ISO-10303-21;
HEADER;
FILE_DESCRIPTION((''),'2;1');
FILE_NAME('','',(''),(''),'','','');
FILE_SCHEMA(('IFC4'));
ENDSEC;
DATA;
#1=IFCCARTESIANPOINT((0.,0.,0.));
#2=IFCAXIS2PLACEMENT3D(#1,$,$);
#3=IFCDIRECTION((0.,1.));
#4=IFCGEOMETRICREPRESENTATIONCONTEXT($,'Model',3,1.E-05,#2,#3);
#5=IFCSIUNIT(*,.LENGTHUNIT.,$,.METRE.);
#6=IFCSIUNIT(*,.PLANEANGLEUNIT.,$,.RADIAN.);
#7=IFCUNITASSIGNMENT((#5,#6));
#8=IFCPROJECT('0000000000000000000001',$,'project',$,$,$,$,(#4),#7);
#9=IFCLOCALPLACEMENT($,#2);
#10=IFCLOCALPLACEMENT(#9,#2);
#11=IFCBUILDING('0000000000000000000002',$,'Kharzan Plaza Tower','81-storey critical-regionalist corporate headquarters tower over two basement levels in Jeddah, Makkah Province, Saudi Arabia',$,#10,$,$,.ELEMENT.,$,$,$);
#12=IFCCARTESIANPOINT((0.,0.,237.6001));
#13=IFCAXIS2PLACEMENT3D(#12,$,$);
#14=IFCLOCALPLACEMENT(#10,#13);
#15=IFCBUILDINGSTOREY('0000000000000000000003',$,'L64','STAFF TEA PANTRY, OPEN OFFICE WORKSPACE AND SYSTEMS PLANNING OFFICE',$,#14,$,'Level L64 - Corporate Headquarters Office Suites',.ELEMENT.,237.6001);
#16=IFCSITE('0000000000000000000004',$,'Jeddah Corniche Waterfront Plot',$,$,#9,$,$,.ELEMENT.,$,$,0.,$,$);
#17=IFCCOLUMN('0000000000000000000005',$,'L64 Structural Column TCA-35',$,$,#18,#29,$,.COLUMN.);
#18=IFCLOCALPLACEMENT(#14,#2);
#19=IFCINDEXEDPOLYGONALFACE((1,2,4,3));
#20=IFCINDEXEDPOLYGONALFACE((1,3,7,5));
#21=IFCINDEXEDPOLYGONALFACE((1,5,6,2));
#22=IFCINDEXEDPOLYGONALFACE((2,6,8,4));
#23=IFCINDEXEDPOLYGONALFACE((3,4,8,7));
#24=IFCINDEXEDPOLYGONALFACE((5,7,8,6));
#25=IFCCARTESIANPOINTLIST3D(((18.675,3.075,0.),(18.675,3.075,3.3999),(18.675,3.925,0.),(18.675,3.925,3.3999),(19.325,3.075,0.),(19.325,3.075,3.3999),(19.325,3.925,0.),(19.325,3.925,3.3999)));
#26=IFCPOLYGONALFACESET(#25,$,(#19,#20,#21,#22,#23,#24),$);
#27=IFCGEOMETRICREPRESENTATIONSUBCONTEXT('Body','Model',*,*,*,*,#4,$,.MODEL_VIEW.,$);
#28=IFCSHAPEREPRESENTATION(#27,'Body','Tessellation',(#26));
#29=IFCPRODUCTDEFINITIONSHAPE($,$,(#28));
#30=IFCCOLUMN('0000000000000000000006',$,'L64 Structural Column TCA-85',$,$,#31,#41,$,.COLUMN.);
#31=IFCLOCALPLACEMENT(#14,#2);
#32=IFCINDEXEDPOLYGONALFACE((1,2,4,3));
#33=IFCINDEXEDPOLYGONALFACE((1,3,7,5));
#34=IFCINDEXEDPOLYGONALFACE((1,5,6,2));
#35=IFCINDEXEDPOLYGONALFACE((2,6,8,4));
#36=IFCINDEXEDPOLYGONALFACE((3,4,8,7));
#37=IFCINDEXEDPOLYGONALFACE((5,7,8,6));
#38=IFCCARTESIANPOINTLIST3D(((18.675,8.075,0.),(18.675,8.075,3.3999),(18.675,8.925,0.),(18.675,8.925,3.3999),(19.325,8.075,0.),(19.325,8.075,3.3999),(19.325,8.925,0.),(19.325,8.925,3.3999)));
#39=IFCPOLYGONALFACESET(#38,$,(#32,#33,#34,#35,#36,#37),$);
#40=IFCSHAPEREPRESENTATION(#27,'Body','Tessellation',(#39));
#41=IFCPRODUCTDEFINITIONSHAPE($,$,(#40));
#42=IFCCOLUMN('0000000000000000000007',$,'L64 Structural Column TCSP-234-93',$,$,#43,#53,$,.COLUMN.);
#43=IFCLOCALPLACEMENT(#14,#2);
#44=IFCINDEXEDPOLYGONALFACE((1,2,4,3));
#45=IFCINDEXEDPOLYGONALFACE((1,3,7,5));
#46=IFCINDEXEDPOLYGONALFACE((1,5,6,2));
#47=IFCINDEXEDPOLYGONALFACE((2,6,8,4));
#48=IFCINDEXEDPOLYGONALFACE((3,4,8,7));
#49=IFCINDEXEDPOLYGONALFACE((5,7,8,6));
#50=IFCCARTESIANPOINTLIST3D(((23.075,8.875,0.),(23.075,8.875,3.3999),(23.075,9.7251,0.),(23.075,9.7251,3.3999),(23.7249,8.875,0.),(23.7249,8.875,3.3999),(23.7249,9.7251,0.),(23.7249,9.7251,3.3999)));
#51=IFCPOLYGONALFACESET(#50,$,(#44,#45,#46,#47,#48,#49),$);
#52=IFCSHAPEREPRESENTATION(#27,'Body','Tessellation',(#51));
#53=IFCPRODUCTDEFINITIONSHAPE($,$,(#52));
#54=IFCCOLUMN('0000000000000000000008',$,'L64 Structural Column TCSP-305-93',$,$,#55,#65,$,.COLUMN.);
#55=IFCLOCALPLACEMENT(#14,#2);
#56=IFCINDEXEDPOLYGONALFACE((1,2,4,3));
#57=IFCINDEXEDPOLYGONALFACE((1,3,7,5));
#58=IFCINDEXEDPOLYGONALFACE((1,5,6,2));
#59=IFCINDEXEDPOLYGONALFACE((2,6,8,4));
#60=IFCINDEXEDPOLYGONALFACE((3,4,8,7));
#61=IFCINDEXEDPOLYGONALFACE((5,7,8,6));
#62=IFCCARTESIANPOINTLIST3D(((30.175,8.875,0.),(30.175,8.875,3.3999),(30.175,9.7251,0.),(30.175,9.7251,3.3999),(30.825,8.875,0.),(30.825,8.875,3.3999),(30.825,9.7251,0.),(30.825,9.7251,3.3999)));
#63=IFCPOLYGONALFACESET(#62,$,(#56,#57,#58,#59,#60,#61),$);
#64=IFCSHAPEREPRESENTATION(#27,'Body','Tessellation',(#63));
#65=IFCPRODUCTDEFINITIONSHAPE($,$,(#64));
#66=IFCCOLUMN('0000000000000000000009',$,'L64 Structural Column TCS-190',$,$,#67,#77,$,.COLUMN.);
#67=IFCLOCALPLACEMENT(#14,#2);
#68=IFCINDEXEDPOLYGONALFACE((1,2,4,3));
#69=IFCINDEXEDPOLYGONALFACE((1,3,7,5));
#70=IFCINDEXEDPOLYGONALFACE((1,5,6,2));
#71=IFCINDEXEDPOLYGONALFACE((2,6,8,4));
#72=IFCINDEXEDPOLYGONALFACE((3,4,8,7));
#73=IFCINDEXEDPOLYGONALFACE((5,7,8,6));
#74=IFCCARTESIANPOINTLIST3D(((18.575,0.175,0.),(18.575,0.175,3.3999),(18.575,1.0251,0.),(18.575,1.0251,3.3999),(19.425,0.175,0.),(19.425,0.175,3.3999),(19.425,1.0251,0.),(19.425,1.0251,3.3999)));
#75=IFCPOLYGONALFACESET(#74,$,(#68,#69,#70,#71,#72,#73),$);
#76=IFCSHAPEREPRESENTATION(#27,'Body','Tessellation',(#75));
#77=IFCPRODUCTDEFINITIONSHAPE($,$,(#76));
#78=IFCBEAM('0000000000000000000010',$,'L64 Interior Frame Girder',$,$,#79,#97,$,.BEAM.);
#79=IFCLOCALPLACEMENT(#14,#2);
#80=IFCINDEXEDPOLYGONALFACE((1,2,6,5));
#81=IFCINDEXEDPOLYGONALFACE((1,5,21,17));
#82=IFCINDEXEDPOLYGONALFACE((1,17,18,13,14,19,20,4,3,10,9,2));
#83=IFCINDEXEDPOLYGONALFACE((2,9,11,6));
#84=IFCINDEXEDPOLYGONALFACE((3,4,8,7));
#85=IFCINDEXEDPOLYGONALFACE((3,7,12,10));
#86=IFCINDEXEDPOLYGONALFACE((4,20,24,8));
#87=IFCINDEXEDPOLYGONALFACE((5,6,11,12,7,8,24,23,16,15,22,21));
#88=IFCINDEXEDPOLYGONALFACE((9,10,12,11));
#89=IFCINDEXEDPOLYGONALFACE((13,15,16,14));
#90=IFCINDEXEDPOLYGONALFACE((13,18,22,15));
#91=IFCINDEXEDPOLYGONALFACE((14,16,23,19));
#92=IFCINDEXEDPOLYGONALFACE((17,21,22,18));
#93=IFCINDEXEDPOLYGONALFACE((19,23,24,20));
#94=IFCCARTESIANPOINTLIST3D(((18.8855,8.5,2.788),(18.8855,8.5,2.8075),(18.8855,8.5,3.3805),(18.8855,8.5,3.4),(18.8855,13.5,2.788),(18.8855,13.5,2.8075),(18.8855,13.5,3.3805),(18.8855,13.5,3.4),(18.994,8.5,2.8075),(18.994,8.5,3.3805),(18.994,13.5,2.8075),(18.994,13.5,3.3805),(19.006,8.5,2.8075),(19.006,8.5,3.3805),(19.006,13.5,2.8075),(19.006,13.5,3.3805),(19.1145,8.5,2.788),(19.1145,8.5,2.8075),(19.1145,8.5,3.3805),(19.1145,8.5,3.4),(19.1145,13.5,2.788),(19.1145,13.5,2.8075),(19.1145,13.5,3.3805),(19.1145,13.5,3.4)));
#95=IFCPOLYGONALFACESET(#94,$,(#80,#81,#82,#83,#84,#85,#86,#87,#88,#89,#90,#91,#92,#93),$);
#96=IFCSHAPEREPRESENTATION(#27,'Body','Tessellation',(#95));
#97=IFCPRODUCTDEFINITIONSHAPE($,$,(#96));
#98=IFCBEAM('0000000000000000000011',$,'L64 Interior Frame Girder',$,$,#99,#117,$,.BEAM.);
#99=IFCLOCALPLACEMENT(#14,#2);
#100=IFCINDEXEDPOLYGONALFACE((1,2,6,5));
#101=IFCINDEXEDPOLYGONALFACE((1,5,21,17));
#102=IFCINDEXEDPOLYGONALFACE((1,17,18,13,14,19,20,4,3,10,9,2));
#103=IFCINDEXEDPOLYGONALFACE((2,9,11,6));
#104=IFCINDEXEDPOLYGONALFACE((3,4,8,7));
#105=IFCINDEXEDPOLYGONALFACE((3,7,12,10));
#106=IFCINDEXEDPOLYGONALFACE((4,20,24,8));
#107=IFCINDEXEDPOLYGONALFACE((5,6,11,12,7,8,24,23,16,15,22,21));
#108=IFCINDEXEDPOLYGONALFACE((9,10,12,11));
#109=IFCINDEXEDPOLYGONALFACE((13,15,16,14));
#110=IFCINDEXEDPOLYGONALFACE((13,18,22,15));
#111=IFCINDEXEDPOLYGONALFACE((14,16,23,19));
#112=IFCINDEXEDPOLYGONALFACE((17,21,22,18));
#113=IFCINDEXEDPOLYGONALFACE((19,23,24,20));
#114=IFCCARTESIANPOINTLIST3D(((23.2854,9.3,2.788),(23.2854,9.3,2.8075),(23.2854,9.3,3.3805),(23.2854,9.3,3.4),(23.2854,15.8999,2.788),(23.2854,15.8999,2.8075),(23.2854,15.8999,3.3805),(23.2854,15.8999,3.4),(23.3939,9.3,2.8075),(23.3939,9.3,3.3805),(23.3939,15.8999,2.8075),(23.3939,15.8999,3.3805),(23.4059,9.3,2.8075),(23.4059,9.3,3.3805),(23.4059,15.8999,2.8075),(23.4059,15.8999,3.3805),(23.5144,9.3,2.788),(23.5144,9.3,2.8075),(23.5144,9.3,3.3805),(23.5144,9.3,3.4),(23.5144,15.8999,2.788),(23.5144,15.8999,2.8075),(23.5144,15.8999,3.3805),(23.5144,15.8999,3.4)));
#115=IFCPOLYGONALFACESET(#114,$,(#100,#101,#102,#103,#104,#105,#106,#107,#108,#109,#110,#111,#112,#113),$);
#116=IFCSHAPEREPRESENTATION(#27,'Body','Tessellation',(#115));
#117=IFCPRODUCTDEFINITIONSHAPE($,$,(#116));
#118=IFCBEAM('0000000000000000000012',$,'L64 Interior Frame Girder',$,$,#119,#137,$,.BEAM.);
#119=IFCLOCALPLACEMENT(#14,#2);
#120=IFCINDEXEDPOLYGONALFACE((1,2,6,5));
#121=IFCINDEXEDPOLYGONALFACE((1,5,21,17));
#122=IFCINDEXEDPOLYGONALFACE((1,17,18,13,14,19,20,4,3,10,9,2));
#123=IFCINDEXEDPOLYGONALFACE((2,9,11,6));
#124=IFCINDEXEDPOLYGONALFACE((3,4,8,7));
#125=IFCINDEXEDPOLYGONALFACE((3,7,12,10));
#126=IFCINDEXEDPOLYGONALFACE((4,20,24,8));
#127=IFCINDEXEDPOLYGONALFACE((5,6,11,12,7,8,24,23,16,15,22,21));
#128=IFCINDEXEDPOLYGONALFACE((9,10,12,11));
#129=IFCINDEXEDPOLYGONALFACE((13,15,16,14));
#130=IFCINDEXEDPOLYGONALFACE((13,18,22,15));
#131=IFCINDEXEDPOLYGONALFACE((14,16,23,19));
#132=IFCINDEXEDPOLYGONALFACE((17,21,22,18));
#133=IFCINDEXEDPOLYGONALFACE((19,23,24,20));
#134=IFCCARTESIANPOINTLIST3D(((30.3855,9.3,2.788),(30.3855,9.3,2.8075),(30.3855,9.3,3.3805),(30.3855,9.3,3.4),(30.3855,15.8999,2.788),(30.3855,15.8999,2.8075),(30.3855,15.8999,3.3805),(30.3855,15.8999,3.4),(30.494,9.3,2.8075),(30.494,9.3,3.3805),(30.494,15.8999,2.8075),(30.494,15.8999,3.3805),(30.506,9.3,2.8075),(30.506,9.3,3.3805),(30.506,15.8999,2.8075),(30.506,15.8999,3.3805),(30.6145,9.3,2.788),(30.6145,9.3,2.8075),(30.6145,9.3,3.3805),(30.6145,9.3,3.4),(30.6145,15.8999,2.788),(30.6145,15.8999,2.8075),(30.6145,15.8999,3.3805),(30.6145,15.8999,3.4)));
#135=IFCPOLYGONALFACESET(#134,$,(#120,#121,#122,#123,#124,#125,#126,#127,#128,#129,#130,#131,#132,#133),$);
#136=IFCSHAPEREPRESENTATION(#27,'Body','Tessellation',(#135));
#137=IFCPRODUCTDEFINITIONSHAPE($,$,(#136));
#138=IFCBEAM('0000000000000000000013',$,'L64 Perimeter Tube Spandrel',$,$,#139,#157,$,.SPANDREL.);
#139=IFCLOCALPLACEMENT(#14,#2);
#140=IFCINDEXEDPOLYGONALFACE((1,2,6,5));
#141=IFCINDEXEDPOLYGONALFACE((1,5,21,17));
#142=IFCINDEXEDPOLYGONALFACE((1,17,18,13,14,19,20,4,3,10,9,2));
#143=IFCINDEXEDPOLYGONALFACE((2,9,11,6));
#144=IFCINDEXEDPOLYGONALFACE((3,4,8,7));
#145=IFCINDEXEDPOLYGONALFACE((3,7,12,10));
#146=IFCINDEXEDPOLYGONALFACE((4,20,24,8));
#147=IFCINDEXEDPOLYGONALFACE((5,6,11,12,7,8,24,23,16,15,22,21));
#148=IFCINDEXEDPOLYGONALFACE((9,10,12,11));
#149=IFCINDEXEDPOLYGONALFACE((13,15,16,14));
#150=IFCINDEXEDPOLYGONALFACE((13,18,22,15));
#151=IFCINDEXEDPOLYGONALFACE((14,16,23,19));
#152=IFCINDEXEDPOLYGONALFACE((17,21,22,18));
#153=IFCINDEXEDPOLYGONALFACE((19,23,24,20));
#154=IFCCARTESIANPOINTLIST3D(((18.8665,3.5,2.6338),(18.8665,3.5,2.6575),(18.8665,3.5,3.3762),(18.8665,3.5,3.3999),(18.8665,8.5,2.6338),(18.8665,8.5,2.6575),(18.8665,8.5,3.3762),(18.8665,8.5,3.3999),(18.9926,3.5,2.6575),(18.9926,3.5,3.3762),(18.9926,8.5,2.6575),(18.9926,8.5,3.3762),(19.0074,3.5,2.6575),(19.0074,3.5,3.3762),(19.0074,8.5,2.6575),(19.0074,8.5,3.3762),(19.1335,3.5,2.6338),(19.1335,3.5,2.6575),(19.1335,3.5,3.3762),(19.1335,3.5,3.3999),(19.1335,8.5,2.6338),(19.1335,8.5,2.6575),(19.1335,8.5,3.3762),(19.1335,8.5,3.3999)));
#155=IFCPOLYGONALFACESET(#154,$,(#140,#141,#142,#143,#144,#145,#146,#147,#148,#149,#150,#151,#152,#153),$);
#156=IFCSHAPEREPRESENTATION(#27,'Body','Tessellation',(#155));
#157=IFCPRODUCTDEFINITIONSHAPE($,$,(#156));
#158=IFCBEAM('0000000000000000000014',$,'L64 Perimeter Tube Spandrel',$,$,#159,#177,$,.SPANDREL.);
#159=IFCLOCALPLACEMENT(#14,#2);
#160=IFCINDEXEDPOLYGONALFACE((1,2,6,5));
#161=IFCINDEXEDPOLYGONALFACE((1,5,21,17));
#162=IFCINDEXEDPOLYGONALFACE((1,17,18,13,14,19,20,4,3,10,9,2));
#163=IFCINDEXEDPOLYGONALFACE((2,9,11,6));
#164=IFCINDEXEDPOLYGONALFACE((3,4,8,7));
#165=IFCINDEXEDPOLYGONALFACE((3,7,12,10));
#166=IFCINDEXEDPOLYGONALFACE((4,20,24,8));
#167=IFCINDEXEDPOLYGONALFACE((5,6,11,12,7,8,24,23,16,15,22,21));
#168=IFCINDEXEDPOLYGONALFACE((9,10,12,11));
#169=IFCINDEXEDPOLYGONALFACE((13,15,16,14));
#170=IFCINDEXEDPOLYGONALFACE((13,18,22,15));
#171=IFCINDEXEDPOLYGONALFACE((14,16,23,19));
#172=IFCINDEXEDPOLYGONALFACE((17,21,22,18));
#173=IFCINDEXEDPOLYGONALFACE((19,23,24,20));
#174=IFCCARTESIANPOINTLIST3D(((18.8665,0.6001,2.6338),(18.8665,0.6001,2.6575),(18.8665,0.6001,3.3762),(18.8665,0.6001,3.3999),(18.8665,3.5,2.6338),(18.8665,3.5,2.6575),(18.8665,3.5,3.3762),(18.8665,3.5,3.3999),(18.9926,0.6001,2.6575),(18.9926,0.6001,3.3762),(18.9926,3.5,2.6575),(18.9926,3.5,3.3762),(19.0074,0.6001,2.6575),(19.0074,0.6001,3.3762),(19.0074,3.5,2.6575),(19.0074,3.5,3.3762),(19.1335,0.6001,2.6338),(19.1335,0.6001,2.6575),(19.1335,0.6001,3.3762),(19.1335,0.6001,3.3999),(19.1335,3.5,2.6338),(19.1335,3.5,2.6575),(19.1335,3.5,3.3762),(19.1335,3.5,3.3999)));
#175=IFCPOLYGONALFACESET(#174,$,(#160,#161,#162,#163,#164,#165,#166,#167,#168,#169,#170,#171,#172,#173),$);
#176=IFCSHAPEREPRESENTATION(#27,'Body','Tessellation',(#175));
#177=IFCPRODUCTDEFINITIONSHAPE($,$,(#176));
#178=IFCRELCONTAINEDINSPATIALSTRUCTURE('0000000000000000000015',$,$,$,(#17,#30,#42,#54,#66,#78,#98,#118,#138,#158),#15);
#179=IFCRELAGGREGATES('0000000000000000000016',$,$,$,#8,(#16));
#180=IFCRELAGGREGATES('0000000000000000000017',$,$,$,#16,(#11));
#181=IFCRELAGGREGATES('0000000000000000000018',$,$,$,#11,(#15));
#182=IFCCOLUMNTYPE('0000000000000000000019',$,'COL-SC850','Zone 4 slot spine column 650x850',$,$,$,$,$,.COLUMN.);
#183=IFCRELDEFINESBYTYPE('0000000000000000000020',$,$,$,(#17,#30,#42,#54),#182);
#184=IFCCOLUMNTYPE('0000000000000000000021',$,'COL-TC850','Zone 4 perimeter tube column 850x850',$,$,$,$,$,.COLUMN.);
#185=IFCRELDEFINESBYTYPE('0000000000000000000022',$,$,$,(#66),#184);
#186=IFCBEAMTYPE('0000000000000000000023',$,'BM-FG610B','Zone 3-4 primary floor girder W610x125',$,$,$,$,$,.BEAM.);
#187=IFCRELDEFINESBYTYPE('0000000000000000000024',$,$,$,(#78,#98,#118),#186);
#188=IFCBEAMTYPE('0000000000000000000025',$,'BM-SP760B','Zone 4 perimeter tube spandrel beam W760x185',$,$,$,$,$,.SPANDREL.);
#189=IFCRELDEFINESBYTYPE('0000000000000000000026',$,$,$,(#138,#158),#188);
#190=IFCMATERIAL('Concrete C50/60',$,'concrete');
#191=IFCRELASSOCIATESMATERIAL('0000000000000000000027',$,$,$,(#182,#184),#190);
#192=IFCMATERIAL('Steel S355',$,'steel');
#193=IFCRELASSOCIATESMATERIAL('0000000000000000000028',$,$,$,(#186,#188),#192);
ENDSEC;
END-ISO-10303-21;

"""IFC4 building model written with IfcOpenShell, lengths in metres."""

from ifc_helpers import new_model, si_unit, direction, frame, origin, origin_2d, place, context, subcontext, project, spatial, rectangle, i_section, extrude, source, transform, mapped, material, material_profile, profile_set, type_object, element, save


model = new_model("IFC4")

# Units and contexts
model_context = context("Model", 3, precision=1e-05, world=origin(), true_north=direction((0.0, 1.0)))
body_context = subcontext(model_context, "Body", "Model", "MODEL_VIEW")
ifc_project = project(units=[si_unit("LENGTHUNIT", "METRE"), si_unit("PLANEANGLEUNIT", "RADIAN")], contexts=[model_context])

# Site, building, storey
site_placement = place(None, origin())
site = spatial("IfcSite", under=ifc_project, at=site_placement, Name="Jeddah Corniche Waterfront Plot", CompositionType="ELEMENT", RefElevation=0.0)
building_placement = place(site_placement, origin())
building = spatial("IfcBuilding", under=site, at=building_placement, Name="Kharzan Plaza Tower", Description="81-storey critical-regionalist corporate headquarters tower over two basement levels in Jeddah, Makkah Province, Saudi Arabia", CompositionType="ELEMENT")
storey_placement = place(building_placement, frame((0.0, 0.0, 237.6001)))
storey = spatial("IfcBuildingStorey", under=building, at=storey_placement, Name="L64", Description="STAFF TEA PANTRY, OPEN OFFICE WORKSPACE AND SYSTEMS PLANNING OFFICE", LongName="Level L64 - Corporate Headquarters Office Suites", CompositionType="ELEMENT", Elevation=237.6001)

# Columns
ifc_material_1 = material(Name="Concrete C50/60", Category="concrete")
ifc_material_profile_1 = material_profile(ifc_material_1, rectangle(XDim=0.6499, YDim=0.8501, at=origin_2d()), Name="RC-SC850x650")
ifc_profile_set_1 = profile_set([ifc_material_profile_1], Name="Concrete C50/60")
column_type_1 = type_object("IfcColumnType", Name="COL-SC850", Description="Zone 4 slot spine column 650x850", PredefinedType="COLUMN", material=ifc_profile_set_1)
shared_shape_1 = source(origin(), body_context, "Body", "SweptSolid", [
    extrude(rectangle(XDim=0.6499, YDim=0.8501, at=origin_2d()), origin(), (0.0, 0.0, 1.0), 3.3999),
])
for number, where, z_axis, x_axis, name in (
    (1, (19.0, 3.5, 0.0), (0.0, 0.0, 1.0), (1.0, 0.0, 0.0), "L64 Structural Column TCA-35"),
    (2, (19.0, 8.5, 0.0), (0.0, 0.0, 1.0), (1.0, 0.0, 0.0), "L64 Structural Column TCA-85"),
    (3, (23.3999, 9.3, 0.0), (0.0, 0.0, 1.0), (1.0, 0.0, 0.0), "L64 Structural Column TCSP-234-93"),
    (4, (30.5, 9.3, 0.0), (0.0, 0.0, 1.0), (1.0, 0.0, 0.0), "L64 Structural Column TCSP-305-93"),
):
    element("IfcColumn", number, at=place(storey_placement, frame(where, z_axis=z_axis, x_axis=x_axis)), inside=storey, type_object=column_type_1, Name=name, PredefinedType="COLUMN", context=body_context, shape_type="MappedRepresentation", body=[
        mapped(shared_shape_1, transform((0.0, 0.0, 0.0), x_axis=(1.0, 0.0, 0.0), y_axis=(0.0, 1.0, 0.0), z_axis=(0.0, 0.0, 1.0))),
    ])
ifc_material_profile_2 = material_profile(ifc_material_1, rectangle(XDim=0.8501, YDim=0.8501, at=origin_2d()), Name="RC-TC850x850")
ifc_profile_set_2 = profile_set([ifc_material_profile_2], Name="Concrete C50/60")
column_type_2 = type_object("IfcColumnType", Name="COL-TC850", Description="Zone 4 perimeter tube column 850x850", PredefinedType="COLUMN", material=ifc_profile_set_2)
shared_shape_2 = source(origin(), body_context, "Body", "SweptSolid", [
    extrude(rectangle(XDim=0.8501, YDim=0.8501, at=origin_2d()), origin(), (0.0, 0.0, 1.0), 3.3999),
])
column_placement = place(storey_placement, frame((19.0, 0.6001, 0.0), z_axis=(0.0, 0.0, 1.0), x_axis=(1.0, 0.0, 0.0)))
element("IfcColumn", 5, at=column_placement, inside=storey, type_object=column_type_2, Name="L64 Structural Column TCS-190", PredefinedType="COLUMN", context=body_context, shape_type="MappedRepresentation", body=[
    mapped(shared_shape_2, transform((0.0, 0.0, 0.0), x_axis=(1.0, 0.0, 0.0), y_axis=(0.0, 1.0, 0.0), z_axis=(0.0, 0.0, 1.0))),
])

# Beams
ifc_material_2 = material(Name="Steel S355", Category="steel")
ifc_material_profile_3 = material_profile(ifc_material_2, i_section(OverallWidth=0.229, OverallDepth=0.6121, WebThickness=0.012, FlangeThickness=0.0195, at=origin_2d()), Name="W610x125")
ifc_profile_set_3 = profile_set([ifc_material_profile_3], Name="Steel S355")
beam_type_1 = type_object("IfcBeamType", Name="BM-FG610B", Description="Zone 3-4 primary floor girder W610x125", PredefinedType="BEAM", material=ifc_profile_set_3)
shared_shape_3 = source(origin(), body_context, "Body", "SweptSolid", [
    extrude(i_section(OverallWidth=0.229, OverallDepth=0.6121, WebThickness=0.012, FlangeThickness=0.0195, at=origin_2d()), origin(), (0.0, 0.0, 1.0), 5.0),
])
beam_1_placement = place(storey_placement, frame((19.0, 8.5, 3.094), z_axis=(0.0, 1.0, 0.0), x_axis=(-1.0, 0.0, 0.0)))
element("IfcBeam", 6, at=beam_1_placement, inside=storey, type_object=beam_type_1, Name="L64 Interior Frame Girder", PredefinedType="BEAM", context=body_context, shape_type="MappedRepresentation", body=[
    mapped(shared_shape_3, transform((0.0, 0.0, 0.0), x_axis=(1.0, 0.0, 0.0), y_axis=(0.0, 1.0, 0.0), z_axis=(0.0, 0.0, 1.0))),
])
shared_shape_4 = source(origin(), body_context, "Body", "SweptSolid", [
    extrude(i_section(OverallWidth=0.229, OverallDepth=0.6121, WebThickness=0.012, FlangeThickness=0.0195, at=origin_2d()), origin(), (0.0, 0.0, 1.0), 6.5999),
])
for number, where, z_axis, x_axis, name in (
    (7, (23.3999, 9.3, 3.094), (0.0, 1.0, 0.0), (-1.0, 0.0, 0.0), "L64 Interior Frame Girder"),
    (8, (30.5, 9.3, 3.094), (0.0, 1.0, 0.0), (-1.0, 0.0, 0.0), "L64 Interior Frame Girder"),
):
    element("IfcBeam", number, at=place(storey_placement, frame(where, z_axis=z_axis, x_axis=x_axis)), inside=storey, type_object=beam_type_1, Name=name, PredefinedType="BEAM", context=body_context, shape_type="MappedRepresentation", body=[
        mapped(shared_shape_4, transform((0.0, 0.0, 0.0), x_axis=(1.0, 0.0, 0.0), y_axis=(0.0, 1.0, 0.0), z_axis=(0.0, 0.0, 1.0))),
    ])
ifc_material_profile_4 = material_profile(ifc_material_2, i_section(OverallWidth=0.2671, OverallDepth=0.7661, WebThickness=0.0149, FlangeThickness=0.0237, at=origin_2d()), Name="W760x185")
ifc_profile_set_4 = profile_set([ifc_material_profile_4], Name="Steel S355")
beam_type_2 = type_object("IfcBeamType", Name="BM-SP760B", Description="Zone 4 perimeter tube spandrel beam W760x185", PredefinedType="SPANDREL", material=ifc_profile_set_4)
shared_shape_5 = source(origin(), body_context, "Body", "SweptSolid", [
    extrude(i_section(OverallWidth=0.2671, OverallDepth=0.7661, WebThickness=0.0149, FlangeThickness=0.0237, at=origin_2d()), origin(), (0.0, 0.0, 1.0), 5.0),
])
beam_2_placement = place(storey_placement, frame((19.0, 3.5, 3.0168), z_axis=(0.0, 1.0, 0.0), x_axis=(-1.0, 0.0, 0.0)))
element("IfcBeam", 9, at=beam_2_placement, inside=storey, type_object=beam_type_2, Name="L64 Perimeter Tube Spandrel", PredefinedType="SPANDREL", context=body_context, shape_type="MappedRepresentation", body=[
    mapped(shared_shape_5, transform((0.0, 0.0, 0.0), x_axis=(1.0, 0.0, 0.0), y_axis=(0.0, 1.0, 0.0), z_axis=(0.0, 0.0, 1.0))),
])
shared_shape_6 = source(origin(), body_context, "Body", "SweptSolid", [
    extrude(i_section(OverallWidth=0.2671, OverallDepth=0.7661, WebThickness=0.0149, FlangeThickness=0.0237, at=origin_2d()), origin(), (0.0, 0.0, 1.0), 2.8999),
])
beam_3_placement = place(storey_placement, frame((19.0, 0.6001, 3.0168), z_axis=(0.0, 1.0, 0.0), x_axis=(-1.0, 0.0, 0.0)))
element("IfcBeam", 10, at=beam_3_placement, inside=storey, type_object=beam_type_2, Name="L64 Perimeter Tube Spandrel", PredefinedType="SPANDREL", context=body_context, shape_type="MappedRepresentation", body=[
    mapped(shared_shape_6, transform((0.0, 0.0, 0.0), x_axis=(1.0, 0.0, 0.0), y_axis=(0.0, 1.0, 0.0), z_axis=(0.0, 0.0, 1.0))),
])

save(model, "model.ifc")
